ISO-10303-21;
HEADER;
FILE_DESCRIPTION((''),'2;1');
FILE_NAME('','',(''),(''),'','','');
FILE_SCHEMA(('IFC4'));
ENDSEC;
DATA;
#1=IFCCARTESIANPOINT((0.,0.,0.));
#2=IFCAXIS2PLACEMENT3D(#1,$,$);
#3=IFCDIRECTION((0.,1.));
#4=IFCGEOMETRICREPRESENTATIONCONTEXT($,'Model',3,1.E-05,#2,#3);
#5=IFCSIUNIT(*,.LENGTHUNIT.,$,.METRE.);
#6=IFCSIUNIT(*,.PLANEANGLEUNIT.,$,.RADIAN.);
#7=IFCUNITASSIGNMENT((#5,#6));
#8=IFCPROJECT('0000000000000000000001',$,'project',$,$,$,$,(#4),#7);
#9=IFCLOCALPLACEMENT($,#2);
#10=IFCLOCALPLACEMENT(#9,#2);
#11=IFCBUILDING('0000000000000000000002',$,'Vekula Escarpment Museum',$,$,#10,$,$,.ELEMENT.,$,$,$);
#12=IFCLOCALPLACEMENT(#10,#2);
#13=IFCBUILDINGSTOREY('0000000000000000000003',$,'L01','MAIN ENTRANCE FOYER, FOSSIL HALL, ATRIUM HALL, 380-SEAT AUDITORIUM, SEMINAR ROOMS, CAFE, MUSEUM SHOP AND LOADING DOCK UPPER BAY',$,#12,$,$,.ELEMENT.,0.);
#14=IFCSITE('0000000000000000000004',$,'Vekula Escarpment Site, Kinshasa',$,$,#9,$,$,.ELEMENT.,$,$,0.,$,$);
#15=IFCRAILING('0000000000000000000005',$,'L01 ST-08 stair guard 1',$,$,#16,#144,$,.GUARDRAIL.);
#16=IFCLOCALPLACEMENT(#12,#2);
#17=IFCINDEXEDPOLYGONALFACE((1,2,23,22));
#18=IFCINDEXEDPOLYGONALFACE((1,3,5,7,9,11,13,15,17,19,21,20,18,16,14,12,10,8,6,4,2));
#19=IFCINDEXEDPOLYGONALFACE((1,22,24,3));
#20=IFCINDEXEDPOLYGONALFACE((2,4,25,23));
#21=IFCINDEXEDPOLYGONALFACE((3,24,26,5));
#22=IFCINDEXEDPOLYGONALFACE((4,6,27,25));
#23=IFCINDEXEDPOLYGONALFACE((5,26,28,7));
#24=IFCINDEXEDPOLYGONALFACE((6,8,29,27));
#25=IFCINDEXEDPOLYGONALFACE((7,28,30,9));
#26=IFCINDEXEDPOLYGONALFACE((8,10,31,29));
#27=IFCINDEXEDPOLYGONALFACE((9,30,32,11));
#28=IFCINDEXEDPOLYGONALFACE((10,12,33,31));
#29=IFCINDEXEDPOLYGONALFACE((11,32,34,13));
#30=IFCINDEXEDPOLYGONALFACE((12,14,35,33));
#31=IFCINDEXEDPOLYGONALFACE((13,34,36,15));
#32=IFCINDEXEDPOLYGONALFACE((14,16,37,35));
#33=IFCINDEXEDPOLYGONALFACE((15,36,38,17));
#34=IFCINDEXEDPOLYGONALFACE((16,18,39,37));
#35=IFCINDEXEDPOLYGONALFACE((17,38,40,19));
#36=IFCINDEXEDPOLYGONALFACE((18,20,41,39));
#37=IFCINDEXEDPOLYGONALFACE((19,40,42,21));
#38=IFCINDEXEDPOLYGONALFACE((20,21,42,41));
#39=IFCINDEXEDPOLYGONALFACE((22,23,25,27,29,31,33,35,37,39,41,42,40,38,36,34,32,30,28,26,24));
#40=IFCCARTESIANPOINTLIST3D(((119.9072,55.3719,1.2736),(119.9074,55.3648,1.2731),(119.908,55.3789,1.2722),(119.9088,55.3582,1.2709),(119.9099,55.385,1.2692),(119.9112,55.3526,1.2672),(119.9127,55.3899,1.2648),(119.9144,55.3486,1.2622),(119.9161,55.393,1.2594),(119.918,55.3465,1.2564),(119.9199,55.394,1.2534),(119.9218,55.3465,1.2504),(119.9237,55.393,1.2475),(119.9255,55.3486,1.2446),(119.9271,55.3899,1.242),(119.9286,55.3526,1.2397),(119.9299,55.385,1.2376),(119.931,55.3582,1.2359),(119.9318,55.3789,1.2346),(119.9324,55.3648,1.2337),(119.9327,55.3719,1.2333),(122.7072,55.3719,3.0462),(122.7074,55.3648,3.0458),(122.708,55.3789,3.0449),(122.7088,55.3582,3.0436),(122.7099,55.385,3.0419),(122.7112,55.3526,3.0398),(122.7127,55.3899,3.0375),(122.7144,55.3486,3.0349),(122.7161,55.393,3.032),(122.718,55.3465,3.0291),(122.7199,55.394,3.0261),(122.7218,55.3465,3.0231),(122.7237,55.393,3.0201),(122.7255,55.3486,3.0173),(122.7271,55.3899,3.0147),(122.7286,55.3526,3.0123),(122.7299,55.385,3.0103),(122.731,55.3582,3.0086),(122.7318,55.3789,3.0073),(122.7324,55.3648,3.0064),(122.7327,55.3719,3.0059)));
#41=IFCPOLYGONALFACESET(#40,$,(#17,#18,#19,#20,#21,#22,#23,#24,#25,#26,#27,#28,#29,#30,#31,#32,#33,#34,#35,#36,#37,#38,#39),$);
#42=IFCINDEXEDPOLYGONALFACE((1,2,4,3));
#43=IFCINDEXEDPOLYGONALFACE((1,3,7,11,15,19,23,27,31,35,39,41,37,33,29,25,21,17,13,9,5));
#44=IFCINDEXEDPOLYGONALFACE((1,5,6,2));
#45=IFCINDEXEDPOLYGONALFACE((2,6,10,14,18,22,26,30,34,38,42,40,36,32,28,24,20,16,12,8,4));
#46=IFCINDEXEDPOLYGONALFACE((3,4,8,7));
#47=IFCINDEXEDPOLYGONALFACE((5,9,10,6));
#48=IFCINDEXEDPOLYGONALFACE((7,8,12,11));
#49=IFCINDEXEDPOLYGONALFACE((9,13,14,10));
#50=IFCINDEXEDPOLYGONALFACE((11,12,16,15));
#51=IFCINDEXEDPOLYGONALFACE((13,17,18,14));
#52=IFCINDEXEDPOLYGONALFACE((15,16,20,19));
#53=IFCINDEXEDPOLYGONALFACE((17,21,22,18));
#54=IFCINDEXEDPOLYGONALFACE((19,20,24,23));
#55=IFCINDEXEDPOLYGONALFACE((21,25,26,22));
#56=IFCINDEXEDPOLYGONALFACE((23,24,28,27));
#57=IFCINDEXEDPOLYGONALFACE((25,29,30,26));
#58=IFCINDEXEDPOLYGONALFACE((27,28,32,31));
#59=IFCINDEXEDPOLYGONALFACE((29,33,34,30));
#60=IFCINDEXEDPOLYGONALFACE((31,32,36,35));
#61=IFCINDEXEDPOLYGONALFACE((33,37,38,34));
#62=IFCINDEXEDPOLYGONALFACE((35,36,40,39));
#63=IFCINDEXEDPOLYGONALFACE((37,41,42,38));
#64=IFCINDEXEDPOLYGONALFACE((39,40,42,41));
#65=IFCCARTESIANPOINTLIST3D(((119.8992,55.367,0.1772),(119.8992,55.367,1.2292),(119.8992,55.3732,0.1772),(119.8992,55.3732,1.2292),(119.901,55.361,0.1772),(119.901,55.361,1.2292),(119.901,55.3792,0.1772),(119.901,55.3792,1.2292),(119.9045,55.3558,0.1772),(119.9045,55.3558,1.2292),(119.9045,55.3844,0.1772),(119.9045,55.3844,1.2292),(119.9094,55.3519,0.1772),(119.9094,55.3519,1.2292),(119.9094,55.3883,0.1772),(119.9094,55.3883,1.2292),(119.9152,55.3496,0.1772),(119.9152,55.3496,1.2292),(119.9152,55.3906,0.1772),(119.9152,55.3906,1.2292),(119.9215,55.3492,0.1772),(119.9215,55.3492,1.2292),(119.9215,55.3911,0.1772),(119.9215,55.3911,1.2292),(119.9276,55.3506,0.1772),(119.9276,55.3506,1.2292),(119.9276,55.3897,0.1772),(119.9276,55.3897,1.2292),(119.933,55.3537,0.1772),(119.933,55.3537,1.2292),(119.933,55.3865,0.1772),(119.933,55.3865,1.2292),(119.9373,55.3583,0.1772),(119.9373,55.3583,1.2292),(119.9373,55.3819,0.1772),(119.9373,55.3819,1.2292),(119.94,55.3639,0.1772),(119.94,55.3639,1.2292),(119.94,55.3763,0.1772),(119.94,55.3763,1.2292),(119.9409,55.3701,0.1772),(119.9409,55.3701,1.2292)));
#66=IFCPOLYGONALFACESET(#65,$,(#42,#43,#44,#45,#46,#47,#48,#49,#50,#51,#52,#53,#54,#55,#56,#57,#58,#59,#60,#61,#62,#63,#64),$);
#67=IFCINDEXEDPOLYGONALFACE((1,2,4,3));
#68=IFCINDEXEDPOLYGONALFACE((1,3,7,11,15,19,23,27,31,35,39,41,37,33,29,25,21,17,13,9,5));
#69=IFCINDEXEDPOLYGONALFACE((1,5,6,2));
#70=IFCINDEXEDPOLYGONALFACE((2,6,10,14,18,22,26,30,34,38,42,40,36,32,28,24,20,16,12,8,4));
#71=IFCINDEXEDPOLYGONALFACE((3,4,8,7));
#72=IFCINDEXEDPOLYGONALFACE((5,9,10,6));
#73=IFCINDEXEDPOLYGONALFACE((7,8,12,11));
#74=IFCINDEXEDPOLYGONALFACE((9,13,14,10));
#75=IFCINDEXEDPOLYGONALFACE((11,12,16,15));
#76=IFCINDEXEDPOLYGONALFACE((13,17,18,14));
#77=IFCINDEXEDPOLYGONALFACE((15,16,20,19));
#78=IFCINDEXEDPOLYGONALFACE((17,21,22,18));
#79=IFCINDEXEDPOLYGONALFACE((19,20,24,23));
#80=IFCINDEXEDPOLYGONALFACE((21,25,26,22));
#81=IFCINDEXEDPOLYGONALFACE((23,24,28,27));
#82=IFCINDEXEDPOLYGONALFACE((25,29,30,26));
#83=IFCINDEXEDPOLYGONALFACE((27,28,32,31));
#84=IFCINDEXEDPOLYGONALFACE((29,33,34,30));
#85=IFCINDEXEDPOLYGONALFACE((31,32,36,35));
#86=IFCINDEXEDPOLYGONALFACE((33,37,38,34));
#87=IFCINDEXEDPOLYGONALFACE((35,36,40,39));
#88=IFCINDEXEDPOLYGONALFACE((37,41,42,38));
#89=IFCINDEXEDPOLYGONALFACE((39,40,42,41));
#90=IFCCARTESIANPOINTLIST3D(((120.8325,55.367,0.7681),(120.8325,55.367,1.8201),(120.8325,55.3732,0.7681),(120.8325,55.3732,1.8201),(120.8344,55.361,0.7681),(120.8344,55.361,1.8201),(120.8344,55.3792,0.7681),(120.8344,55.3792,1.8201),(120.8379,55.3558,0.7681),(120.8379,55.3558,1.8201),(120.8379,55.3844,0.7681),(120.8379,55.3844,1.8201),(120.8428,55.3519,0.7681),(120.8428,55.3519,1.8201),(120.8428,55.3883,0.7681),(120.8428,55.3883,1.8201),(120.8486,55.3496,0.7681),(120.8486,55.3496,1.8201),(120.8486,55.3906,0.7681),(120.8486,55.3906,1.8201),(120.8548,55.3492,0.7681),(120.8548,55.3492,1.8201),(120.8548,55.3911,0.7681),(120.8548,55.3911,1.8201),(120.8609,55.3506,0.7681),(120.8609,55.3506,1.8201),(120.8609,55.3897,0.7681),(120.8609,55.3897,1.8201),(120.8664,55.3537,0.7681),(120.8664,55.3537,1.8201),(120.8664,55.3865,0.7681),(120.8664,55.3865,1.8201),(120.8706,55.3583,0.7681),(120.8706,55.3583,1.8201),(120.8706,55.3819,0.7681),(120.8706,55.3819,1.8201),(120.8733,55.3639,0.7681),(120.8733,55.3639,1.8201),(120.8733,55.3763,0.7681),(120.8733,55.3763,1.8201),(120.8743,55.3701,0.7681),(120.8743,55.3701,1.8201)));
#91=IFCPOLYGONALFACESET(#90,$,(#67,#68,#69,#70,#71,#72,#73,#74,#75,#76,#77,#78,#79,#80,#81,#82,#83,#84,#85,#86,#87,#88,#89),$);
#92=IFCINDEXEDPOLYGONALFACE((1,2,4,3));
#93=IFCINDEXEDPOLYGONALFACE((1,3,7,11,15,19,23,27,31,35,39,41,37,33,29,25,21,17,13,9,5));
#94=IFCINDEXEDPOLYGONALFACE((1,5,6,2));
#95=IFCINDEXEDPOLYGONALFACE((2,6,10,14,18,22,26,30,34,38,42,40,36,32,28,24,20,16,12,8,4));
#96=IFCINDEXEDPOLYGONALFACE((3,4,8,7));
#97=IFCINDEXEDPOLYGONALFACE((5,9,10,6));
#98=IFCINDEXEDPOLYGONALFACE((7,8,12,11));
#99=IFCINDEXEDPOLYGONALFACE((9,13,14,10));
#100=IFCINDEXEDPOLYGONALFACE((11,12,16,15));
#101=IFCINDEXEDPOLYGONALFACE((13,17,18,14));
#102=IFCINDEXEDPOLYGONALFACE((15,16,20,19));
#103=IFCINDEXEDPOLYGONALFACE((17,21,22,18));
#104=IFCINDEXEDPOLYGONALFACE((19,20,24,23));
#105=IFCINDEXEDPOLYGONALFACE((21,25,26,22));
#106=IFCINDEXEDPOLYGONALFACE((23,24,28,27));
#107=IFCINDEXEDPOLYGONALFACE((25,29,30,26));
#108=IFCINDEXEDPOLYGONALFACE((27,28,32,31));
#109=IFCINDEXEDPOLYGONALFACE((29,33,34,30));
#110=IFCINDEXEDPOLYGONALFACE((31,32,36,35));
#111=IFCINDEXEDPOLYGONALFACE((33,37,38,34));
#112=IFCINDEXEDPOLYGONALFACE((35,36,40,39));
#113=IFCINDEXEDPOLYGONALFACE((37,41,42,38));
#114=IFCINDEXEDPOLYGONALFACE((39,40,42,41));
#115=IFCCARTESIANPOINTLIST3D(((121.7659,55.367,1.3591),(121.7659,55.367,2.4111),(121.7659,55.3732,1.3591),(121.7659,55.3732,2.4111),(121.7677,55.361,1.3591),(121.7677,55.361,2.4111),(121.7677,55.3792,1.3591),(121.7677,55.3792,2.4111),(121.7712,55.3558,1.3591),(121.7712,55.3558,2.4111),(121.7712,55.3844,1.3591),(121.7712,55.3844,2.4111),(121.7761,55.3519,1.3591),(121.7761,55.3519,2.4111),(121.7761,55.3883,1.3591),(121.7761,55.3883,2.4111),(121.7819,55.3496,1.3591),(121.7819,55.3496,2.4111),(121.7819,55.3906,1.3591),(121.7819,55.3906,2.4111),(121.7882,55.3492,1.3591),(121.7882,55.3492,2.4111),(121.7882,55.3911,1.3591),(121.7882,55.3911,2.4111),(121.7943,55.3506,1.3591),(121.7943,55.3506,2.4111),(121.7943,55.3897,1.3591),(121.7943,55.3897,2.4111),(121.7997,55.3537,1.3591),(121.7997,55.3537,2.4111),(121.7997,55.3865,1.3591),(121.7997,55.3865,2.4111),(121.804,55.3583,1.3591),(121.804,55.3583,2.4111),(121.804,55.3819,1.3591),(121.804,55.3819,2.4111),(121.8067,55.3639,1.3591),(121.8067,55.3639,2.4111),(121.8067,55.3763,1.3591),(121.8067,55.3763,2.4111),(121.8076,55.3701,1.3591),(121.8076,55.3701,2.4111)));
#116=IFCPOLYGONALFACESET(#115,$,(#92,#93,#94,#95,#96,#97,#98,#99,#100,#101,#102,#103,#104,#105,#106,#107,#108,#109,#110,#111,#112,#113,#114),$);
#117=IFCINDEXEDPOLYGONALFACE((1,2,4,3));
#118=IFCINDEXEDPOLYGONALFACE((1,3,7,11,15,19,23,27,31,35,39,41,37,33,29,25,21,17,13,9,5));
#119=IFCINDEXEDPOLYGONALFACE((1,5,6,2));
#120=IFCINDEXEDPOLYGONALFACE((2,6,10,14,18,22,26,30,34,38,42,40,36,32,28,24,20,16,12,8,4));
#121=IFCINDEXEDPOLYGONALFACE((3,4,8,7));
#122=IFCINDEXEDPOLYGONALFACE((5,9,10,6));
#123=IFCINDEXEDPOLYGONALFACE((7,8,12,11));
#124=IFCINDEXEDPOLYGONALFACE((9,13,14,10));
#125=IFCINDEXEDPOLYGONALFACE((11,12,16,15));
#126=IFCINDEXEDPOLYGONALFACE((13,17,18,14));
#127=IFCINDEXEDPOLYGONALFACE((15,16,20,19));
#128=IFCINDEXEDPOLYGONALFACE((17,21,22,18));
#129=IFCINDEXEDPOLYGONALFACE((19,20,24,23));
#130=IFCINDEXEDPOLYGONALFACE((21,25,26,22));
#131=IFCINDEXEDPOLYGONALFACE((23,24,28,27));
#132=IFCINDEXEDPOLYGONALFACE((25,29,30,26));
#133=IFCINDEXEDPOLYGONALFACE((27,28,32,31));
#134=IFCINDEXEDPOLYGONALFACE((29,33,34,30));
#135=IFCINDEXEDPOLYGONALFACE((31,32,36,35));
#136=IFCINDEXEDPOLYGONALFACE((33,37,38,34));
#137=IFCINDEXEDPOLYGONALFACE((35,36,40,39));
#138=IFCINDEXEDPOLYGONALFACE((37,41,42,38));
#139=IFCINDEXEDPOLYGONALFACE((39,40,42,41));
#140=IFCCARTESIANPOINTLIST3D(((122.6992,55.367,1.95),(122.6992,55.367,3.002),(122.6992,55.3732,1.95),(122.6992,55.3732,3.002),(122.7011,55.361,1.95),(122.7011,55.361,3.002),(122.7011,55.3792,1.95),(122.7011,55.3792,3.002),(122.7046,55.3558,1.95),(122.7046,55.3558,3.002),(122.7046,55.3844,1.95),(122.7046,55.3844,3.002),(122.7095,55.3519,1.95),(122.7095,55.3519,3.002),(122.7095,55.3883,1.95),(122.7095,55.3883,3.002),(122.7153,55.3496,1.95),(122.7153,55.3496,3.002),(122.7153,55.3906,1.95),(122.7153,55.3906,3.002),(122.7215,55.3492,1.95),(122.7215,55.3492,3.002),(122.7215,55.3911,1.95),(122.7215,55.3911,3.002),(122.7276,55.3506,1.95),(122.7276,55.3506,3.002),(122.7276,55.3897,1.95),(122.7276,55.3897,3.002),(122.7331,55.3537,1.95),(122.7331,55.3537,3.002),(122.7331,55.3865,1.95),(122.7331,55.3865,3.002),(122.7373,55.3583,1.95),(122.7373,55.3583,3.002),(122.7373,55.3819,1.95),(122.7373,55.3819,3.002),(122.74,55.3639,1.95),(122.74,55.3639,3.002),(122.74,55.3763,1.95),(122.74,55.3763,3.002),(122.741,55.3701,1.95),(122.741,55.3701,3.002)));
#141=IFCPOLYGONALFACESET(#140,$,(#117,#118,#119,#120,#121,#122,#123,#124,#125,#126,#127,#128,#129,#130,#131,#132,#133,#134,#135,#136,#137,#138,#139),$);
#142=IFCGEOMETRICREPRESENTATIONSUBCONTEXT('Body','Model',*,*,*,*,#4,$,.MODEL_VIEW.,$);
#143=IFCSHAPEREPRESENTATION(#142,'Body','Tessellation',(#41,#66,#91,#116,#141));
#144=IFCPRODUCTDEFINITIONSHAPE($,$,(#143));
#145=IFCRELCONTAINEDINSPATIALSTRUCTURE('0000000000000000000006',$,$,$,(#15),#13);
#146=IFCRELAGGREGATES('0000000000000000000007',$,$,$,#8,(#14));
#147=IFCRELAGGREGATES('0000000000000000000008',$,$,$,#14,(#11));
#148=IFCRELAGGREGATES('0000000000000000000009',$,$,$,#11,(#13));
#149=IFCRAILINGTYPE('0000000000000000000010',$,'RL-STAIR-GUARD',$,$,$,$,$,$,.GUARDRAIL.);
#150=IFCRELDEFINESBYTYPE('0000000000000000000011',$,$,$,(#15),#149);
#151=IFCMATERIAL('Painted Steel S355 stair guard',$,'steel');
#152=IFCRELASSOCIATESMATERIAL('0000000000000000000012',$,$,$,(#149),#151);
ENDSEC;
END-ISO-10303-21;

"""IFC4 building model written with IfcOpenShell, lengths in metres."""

from ifc_helpers import new_model, si_unit, direction, frame, origin, origin_2d, place, context, subcontext, project, spatial, circle, extrude, material, type_object, element, save


model = new_model("IFC4")

# Units and contexts
model_context = context("Model", 3, precision=1e-05, world=origin(), true_north=direction((0.0, 1.0)))
body_context = subcontext(model_context, "Body", "Model", "MODEL_VIEW")
ifc_project = project(units=[si_unit("LENGTHUNIT", "METRE"), si_unit("PLANEANGLEUNIT", "RADIAN")], contexts=[model_context])

# Site, building, storey
site_placement = place(None, origin())
site = spatial("IfcSite", under=ifc_project, at=site_placement, Name="Vekula Escarpment Site, Kinshasa", CompositionType="ELEMENT", RefElevation=0.0)
building_placement = place(site_placement, origin())
building = spatial("IfcBuilding", under=site, at=building_placement, Name="Vekula Escarpment Museum", CompositionType="ELEMENT")
storey_placement = place(building_placement, origin())
storey = spatial("IfcBuildingStorey", under=building, at=storey_placement, Name="L01", Description="MAIN ENTRANCE FOYER, FOSSIL HALL, ATRIUM HALL, 380-SEAT AUDITORIUM, SEMINAR ROOMS, CAFE, MUSEUM SHOP AND LOADING DOCK UPPER BAY", CompositionType="ELEMENT", Elevation=0.0)

# Railing
ifc_material_1 = material(Name="Painted Steel S355 stair guard", Category="steel")
railing_type_1 = type_object("IfcRailingType", Name="RL-STAIR-GUARD", PredefinedType="GUARDRAIL", material=ifc_material_1)
railing_placement = place(storey_placement, frame((119.9199, 55.3701, 0.1772)))
element("IfcRailing", 1, at=railing_placement, inside=storey, type_object=railing_type_1, Name="L01 ST-08 stair guard 1", PredefinedType="GUARDRAIL", context=body_context, shape_type="SweptSolid", body=[
    extrude(circle(Radius=0.0239, at=origin_2d()), frame((0.0, 0.0, 1.0762), z_axis=(0.844909, 0.0, 0.53491), x_axis=(0.0, 1.0, 0.0)), (0.0, 0.0, 1.0), 3.314),
    extrude(circle(Radius=0.021, at=origin_2d()), origin(), (0.0, 0.0, 1.0), 1.052),
    extrude(circle(Radius=0.021, at=origin_2d()), frame((0.9333, 0.0, 0.5908)), (0.0, 0.0, 1.0), 1.052),
    extrude(circle(Radius=0.021, at=origin_2d()), frame((1.8667, 0.0, 1.1819)), (0.0, 0.0, 1.0), 1.052),
    extrude(circle(Radius=0.021, at=origin_2d()), frame((2.8, 0.0, 1.7727)), (0.0, 0.0, 1.0), 1.052),
])

save(model, "model.ifc")
